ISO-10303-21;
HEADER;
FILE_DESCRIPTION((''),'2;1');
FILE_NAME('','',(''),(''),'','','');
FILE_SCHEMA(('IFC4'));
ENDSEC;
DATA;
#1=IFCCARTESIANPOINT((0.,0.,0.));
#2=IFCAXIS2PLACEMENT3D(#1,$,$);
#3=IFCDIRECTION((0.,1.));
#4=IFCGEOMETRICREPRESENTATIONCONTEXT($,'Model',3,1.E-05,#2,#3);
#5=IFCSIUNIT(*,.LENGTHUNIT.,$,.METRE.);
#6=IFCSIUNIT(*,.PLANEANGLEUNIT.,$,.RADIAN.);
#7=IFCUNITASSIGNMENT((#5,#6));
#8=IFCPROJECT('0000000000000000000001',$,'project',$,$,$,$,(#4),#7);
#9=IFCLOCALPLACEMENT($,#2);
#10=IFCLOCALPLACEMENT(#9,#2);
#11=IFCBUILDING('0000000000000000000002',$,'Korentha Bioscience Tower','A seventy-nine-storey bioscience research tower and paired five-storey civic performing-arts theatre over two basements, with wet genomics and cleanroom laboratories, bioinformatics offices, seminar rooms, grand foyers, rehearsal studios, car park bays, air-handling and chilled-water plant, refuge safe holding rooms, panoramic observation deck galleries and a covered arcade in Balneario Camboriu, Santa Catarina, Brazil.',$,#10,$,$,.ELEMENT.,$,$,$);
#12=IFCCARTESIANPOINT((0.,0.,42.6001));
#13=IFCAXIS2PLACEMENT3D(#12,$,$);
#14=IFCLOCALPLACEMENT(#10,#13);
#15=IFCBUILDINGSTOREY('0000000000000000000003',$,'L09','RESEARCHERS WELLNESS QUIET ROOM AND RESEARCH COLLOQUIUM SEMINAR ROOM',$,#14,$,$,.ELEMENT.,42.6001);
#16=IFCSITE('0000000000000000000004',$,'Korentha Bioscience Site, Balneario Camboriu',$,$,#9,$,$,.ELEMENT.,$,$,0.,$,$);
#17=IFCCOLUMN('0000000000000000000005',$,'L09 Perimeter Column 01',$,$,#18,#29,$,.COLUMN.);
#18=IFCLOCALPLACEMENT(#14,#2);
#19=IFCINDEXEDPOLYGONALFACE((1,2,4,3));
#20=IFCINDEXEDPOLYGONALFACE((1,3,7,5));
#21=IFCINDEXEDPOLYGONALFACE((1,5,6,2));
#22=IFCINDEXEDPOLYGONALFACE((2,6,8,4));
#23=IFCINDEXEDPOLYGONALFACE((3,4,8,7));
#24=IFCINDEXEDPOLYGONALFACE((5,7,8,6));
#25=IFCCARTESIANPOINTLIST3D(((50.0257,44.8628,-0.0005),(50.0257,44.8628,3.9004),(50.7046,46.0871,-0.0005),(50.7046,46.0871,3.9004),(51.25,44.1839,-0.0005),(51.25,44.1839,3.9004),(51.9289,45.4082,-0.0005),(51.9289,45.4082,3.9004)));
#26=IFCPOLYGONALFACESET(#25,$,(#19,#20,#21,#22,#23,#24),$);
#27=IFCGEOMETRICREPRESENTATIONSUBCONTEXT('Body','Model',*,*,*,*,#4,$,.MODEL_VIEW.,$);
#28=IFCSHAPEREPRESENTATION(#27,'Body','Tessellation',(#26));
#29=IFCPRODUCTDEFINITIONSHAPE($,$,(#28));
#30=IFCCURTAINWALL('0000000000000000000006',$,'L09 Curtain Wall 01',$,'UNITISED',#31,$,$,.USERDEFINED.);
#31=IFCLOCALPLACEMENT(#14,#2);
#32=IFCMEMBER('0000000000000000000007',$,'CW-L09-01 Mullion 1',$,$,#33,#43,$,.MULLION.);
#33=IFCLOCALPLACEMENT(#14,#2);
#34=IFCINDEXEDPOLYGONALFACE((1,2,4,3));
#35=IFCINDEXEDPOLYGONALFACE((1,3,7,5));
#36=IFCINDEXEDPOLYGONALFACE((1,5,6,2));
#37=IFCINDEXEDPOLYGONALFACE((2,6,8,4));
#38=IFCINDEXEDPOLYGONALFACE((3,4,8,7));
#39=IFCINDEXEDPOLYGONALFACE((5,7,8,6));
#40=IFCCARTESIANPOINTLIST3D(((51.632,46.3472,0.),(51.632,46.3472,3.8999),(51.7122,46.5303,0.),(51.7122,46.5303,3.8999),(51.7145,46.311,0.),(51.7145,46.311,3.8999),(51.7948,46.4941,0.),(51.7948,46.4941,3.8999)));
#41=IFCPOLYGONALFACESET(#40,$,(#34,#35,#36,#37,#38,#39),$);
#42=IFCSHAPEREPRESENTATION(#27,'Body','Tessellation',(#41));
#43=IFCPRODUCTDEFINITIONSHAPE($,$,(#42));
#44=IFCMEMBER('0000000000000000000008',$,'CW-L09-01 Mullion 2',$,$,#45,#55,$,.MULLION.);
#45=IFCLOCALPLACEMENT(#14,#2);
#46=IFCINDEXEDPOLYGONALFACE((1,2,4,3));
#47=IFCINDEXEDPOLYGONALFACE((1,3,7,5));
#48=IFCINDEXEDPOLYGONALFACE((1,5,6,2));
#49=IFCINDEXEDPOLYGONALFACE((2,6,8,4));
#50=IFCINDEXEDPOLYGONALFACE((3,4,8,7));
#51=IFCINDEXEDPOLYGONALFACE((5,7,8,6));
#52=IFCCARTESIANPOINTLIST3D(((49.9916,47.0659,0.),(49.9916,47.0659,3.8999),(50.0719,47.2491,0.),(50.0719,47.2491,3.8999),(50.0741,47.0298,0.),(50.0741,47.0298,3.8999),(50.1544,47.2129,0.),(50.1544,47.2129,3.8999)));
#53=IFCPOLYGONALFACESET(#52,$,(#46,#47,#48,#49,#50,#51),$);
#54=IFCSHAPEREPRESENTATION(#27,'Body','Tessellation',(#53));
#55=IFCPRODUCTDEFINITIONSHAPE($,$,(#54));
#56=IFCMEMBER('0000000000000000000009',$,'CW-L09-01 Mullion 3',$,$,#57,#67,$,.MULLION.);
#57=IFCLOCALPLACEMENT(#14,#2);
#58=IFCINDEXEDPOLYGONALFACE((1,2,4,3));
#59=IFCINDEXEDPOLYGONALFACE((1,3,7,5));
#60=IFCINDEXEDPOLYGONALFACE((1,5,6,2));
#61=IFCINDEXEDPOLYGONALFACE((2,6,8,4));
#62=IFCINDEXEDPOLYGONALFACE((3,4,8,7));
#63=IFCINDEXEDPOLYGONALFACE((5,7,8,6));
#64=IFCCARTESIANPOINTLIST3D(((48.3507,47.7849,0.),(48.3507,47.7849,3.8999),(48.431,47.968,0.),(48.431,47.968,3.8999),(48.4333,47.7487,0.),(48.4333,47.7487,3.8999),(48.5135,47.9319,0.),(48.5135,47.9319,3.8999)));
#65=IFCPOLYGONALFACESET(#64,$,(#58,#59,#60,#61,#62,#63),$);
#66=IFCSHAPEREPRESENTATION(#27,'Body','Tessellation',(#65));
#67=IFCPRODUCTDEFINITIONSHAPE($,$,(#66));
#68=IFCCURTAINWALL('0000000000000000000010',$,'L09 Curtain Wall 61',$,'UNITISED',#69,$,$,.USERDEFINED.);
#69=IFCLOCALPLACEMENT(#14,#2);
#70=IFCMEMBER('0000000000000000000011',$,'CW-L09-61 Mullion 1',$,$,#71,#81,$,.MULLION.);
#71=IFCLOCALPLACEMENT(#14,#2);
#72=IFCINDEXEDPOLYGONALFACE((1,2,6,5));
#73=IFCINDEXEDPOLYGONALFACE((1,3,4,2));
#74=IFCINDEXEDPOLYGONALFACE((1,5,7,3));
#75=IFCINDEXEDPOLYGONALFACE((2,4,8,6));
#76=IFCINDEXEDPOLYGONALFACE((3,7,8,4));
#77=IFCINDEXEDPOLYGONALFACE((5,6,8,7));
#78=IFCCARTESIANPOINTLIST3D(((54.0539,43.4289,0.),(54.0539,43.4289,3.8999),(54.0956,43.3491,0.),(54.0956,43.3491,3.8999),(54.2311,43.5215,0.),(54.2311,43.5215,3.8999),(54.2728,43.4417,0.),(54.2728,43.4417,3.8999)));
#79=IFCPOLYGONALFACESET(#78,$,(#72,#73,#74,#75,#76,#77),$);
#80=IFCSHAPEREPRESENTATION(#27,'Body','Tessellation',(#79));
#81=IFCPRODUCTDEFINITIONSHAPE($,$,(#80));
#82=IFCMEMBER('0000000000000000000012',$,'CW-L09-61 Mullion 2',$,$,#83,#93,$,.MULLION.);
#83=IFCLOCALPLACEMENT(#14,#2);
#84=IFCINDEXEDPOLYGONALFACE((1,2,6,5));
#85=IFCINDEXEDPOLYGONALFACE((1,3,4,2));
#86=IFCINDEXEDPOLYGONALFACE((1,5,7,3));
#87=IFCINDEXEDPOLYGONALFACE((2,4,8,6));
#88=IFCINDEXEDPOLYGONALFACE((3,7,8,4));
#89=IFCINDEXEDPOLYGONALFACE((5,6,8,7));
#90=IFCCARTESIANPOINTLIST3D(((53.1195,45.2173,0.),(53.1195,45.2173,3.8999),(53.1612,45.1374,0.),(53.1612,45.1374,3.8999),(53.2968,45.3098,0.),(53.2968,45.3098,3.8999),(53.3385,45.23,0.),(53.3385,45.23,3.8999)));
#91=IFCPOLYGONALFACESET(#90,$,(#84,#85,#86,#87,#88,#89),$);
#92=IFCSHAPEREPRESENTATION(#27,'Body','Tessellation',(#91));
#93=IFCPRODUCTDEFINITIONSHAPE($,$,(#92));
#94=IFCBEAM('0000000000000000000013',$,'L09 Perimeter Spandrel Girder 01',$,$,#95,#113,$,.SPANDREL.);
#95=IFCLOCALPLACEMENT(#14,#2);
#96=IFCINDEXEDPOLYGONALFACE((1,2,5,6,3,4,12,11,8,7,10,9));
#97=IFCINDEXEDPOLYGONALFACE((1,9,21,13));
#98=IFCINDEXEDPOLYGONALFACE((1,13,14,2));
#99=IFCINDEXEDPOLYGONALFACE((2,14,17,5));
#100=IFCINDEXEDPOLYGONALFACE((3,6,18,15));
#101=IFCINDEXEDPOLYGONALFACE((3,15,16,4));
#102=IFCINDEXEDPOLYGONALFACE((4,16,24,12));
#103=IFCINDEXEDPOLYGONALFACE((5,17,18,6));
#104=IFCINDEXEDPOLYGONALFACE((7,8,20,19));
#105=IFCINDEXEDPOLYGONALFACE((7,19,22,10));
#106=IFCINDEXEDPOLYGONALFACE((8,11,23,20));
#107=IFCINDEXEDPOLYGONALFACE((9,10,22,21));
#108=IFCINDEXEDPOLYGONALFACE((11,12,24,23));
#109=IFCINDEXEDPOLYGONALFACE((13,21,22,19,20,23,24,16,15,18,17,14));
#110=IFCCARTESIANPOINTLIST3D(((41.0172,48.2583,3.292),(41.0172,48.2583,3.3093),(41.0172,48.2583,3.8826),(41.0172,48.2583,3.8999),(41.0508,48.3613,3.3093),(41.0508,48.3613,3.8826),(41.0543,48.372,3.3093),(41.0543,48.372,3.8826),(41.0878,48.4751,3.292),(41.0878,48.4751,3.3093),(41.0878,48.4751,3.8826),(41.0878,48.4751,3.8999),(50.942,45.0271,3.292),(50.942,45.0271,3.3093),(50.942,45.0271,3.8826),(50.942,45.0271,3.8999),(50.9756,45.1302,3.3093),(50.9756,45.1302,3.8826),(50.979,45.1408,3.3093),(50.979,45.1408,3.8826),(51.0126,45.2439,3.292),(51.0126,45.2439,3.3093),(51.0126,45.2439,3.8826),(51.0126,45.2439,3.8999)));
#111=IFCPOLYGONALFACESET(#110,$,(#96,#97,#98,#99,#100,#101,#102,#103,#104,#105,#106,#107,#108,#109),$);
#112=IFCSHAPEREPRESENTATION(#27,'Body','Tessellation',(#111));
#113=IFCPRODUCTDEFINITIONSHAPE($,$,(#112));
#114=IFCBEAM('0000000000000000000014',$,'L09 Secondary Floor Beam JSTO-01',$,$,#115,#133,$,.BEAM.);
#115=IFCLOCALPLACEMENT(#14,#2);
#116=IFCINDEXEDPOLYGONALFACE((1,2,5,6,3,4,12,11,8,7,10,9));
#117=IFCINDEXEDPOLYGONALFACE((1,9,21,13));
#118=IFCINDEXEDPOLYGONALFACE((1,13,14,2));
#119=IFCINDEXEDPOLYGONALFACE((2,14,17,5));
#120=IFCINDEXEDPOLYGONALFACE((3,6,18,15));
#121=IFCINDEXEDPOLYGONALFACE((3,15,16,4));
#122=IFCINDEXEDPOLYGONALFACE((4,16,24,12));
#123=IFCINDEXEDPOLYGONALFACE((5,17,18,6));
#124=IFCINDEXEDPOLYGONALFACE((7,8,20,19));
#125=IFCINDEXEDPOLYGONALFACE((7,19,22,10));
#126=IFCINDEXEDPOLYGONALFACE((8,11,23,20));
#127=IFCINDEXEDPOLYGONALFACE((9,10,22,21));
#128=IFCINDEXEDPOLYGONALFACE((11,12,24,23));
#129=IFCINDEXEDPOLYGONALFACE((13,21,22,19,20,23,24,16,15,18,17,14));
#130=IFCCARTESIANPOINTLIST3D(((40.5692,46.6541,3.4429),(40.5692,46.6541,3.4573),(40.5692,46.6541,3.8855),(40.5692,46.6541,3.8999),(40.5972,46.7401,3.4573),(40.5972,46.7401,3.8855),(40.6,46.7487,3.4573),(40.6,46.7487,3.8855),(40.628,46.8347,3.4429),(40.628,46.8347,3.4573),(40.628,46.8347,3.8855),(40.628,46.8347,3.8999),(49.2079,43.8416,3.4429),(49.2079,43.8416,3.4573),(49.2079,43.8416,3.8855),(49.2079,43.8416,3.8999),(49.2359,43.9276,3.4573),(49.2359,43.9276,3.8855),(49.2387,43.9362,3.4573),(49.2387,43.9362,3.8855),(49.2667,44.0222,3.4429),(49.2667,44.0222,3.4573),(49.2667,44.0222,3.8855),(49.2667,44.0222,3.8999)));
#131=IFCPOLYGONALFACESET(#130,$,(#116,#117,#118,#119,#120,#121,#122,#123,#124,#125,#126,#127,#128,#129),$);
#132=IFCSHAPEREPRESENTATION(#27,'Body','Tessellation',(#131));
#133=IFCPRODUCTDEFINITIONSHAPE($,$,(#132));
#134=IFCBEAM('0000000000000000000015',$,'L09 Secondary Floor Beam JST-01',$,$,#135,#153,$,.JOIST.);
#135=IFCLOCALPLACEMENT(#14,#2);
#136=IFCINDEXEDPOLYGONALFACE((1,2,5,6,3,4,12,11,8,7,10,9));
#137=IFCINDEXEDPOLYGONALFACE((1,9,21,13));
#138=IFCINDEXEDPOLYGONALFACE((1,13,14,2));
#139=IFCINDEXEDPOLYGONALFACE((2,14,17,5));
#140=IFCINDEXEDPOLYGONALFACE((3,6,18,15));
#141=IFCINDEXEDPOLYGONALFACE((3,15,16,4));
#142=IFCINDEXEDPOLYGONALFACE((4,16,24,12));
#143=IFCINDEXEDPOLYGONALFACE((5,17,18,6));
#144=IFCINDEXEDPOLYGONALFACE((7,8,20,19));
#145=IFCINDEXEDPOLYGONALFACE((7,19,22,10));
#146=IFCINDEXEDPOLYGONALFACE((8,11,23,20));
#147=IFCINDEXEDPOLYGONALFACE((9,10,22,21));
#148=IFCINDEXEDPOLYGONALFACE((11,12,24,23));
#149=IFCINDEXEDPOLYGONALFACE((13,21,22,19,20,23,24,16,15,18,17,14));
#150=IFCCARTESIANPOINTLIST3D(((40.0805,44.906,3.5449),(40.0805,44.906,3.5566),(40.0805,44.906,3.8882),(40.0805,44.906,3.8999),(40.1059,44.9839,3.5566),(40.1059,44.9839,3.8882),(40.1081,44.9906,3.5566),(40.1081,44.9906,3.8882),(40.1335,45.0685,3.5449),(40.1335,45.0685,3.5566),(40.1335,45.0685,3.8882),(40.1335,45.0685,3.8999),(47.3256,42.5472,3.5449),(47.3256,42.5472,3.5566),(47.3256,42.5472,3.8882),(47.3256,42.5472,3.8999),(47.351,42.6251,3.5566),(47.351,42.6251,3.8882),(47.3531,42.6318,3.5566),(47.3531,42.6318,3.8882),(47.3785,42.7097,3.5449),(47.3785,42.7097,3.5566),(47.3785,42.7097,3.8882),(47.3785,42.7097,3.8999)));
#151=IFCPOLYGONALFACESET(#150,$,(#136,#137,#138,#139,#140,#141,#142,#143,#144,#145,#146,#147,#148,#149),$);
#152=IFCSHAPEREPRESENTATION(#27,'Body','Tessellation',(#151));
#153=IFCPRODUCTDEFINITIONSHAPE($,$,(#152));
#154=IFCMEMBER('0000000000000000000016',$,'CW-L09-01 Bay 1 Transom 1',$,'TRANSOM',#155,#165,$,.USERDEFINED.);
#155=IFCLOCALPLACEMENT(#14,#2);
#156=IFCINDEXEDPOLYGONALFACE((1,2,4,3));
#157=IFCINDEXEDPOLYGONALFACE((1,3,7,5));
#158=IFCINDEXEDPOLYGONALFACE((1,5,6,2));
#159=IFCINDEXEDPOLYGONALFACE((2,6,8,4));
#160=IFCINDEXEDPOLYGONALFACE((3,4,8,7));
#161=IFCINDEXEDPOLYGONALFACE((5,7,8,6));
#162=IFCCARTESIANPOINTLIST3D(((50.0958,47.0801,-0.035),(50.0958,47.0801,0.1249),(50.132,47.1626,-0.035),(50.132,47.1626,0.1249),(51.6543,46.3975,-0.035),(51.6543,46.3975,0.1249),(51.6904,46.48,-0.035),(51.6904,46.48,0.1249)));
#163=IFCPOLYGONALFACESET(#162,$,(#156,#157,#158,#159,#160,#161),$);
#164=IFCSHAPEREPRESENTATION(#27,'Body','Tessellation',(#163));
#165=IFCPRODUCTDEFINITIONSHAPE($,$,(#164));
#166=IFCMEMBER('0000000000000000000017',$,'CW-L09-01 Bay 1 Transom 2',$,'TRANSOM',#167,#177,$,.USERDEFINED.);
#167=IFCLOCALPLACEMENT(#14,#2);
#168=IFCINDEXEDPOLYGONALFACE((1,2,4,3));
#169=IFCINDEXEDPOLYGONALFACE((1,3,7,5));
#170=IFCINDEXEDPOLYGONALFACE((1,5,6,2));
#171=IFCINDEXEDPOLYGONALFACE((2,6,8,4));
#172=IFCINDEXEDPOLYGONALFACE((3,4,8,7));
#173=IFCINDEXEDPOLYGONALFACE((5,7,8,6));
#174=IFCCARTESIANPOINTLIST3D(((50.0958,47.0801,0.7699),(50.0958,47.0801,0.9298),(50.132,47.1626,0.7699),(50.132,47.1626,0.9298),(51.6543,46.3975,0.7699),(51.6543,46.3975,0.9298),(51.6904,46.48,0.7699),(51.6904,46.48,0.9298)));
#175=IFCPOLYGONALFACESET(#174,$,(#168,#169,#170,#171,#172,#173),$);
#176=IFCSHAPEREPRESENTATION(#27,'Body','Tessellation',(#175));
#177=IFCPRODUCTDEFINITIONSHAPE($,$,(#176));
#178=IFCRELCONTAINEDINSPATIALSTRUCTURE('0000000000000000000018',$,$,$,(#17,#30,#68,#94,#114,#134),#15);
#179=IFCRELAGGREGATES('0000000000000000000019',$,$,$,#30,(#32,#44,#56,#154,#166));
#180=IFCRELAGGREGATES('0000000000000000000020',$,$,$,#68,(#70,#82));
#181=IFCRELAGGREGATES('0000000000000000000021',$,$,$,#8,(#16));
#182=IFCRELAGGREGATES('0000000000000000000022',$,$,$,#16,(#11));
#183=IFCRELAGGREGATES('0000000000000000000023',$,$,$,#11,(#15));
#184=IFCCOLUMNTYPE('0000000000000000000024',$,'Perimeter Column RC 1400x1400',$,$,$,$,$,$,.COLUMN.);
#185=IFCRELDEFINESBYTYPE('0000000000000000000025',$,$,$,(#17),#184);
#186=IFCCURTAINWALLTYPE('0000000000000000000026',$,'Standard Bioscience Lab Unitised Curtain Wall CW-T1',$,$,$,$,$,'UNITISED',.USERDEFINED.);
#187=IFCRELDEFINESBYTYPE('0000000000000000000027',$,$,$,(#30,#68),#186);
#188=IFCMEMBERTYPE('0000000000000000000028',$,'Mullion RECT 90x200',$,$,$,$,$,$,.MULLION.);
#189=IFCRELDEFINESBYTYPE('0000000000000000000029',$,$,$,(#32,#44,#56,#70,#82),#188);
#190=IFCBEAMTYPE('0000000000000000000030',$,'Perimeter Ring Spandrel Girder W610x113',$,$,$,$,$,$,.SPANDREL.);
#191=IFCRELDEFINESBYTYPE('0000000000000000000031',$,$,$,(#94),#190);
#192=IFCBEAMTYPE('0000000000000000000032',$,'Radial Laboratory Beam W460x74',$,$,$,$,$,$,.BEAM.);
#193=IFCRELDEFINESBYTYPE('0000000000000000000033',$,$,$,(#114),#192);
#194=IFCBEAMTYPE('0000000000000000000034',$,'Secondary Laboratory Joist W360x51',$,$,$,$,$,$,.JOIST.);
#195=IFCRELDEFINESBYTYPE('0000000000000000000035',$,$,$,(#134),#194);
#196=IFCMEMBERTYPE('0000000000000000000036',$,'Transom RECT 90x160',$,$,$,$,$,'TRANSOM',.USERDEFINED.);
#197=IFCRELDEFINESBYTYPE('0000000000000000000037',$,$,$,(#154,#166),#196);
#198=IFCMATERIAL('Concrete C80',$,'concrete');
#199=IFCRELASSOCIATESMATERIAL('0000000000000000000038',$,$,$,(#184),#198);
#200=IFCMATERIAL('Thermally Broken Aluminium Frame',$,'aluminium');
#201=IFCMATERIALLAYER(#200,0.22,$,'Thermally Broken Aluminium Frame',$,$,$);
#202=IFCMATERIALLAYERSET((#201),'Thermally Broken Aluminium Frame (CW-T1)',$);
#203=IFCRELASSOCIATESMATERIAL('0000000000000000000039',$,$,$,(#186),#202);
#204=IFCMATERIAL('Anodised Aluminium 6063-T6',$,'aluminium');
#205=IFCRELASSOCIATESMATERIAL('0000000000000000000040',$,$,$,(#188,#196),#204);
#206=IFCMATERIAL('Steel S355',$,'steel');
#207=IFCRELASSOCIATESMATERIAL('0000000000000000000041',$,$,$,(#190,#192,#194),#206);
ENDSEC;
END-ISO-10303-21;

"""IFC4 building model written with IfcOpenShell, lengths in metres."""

from ifc_helpers import new_model, si_unit, direction, frame, origin, origin_2d, place, context, subcontext, project, spatial, rectangle, i_section, extrude, material, layer, layer_set, material_profile, profile_set, type_object, element, aggregate, save


model = new_model("IFC4")

# Units and contexts
model_context = context("Model", 3, precision=1e-05, world=origin(), true_north=direction((0.0, 1.0)))
body_context = subcontext(model_context, "Body", "Model", "MODEL_VIEW")
ifc_project = project(units=[si_unit("LENGTHUNIT", "METRE"), si_unit("PLANEANGLEUNIT", "RADIAN")], contexts=[model_context])

# Site, building, storey
site_placement = place(None, origin())
site = spatial("IfcSite", under=ifc_project, at=site_placement, Name="Korentha Bioscience Site, Balneario Camboriu", CompositionType="ELEMENT", RefElevation=0.0)
building_placement = place(site_placement, origin())
building = spatial("IfcBuilding", under=site, at=building_placement, Name="Korentha Bioscience Tower", Description="A seventy-nine-storey bioscience research tower and paired five-storey civic performing-arts theatre over two basements, with wet genomics and cleanroom laboratories, bioinformatics offices, seminar rooms, grand foyers, rehearsal studios, car park bays, air-handling and chilled-water plant, refuge safe holding rooms, panoramic observation deck galleries and a covered arcade in Balneario Camboriu, Santa Catarina, Brazil.", CompositionType="ELEMENT")
storey_placement = place(building_placement, frame((0.0, 0.0, 42.6001)))
storey = spatial("IfcBuildingStorey", under=building, at=storey_placement, Name="L09", Description="RESEARCHERS WELLNESS QUIET ROOM AND RESEARCH COLLOQUIUM SEMINAR ROOM", CompositionType="ELEMENT", Elevation=42.6001)

# Column
ifc_material_1 = material(Name="Concrete C80", Category="concrete")
ifc_material_profile_1 = material_profile(ifc_material_1, rectangle(XDim=1.3999, YDim=1.3999, at=origin_2d()), Name="Concrete C80")
ifc_profile_set_1 = profile_set([ifc_material_profile_1], Name="Concrete C80 (COL-P14)")
column_type = type_object("IfcColumnType", Name="Perimeter Column RC 1400x1400", PredefinedType="COLUMN", material=ifc_profile_set_1)
column_placement = place(storey_placement, frame((50.9773, 45.1355, -0.0005), z_axis=(0.0, 0.0, 1.0), x_axis=(-0.874535, 0.484962, 0.0)))
element("IfcColumn", 1, at=column_placement, inside=storey, type_object=column_type, Name="L09 Perimeter Column 01", PredefinedType="COLUMN", context=body_context, shape_type="SweptSolid", body=[
    extrude(rectangle(XDim=1.3999, YDim=1.3999, at=origin_2d()), origin(), (0.0, 0.0, 1.0), 3.9009),
])

# Curtain walls, members
ifc_material_2 = material(Name="Thermally Broken Aluminium Frame", Category="aluminium")
ifc_layer_1 = layer(ifc_material_2, 0.22, Name="Thermally Broken Aluminium Frame")
ifc_layer_set_1 = layer_set([ifc_layer_1], Name="Thermally Broken Aluminium Frame (CW-T1)")
curtain_wall_type = type_object("IfcCurtainWallType", Name="Standard Bioscience Lab Unitised Curtain Wall CW-T1", ElementType="UNITISED", PredefinedType="USERDEFINED", material=ifc_layer_set_1)
curtain_wall_1_placement = place(storey_placement, origin())
curtain_wall_1 = element("IfcCurtainWall", 2, at=curtain_wall_1_placement, inside=storey, type_object=curtain_wall_type, Name="L09 Curtain Wall 01", ObjectType="UNITISED", PredefinedType="USERDEFINED")
ifc_material_3 = material(Name="Anodised Aluminium 6063-T6", Category="aluminium")
ifc_material_profile_2 = material_profile(ifc_material_3, rectangle(XDim=0.0901, YDim=0.2, at=origin_2d()), Name="Anodised Aluminium 6063-T6")
ifc_profile_set_2 = profile_set([ifc_material_profile_2], Name="Anodised Aluminium 6063-T6 (CW-MUL)")
member_type_1 = type_object("IfcMemberType", Name="Mullion RECT 90x200", PredefinedType="MULLION", material=ifc_profile_set_2)
member_1_placement = place(storey_placement, frame((51.7134, 46.4207, 0.0), z_axis=(0.0, 0.0, 1.0), x_axis=(-0.915939, 0.401317, 0.0)))
member_1 = element("IfcMember", 3, at=member_1_placement, type_object=member_type_1, Name="CW-L09-01 Mullion 1", PredefinedType="MULLION", context=body_context, shape_type="SweptSolid", body=[
    extrude(rectangle(XDim=0.0901, YDim=0.2, at=origin_2d()), origin(), (0.0, 0.0, 1.0), 3.8999),
])
member_2_placement = place(storey_placement, frame((50.073, 47.1394, 0.0), z_axis=(0.0, 0.0, 1.0), x_axis=(-0.915939, 0.401317, 0.0)))
member_2 = element("IfcMember", 4, at=member_2_placement, type_object=member_type_1, Name="CW-L09-01 Mullion 2", PredefinedType="MULLION", context=body_context, shape_type="SweptSolid", body=[
    extrude(rectangle(XDim=0.0901, YDim=0.2, at=origin_2d()), origin(), (0.0, 0.0, 1.0), 3.8999),
])
member_3_placement = place(storey_placement, frame((48.4321, 47.8584, 0.0), z_axis=(0.0, 0.0, 1.0), x_axis=(-0.915939, 0.401317, 0.0)))
member_3 = element("IfcMember", 5, at=member_3_placement, type_object=member_type_1, Name="CW-L09-01 Mullion 3", PredefinedType="MULLION", context=body_context, shape_type="SweptSolid", body=[
    extrude(rectangle(XDim=0.0901, YDim=0.2, at=origin_2d()), origin(), (0.0, 0.0, 1.0), 3.8999),
])
curtain_wall_2_placement = place(storey_placement, origin())
curtain_wall_2 = element("IfcCurtainWall", 6, at=curtain_wall_2_placement, inside=storey, type_object=curtain_wall_type, Name="L09 Curtain Wall 61", ObjectType="UNITISED", PredefinedType="USERDEFINED")
member_4_placement = place(storey_placement, frame((54.1633, 43.4353, 0.0), z_axis=(0.0, 0.0, 1.0), x_axis=(-0.463009, 0.886354, 0.0)))
member_4 = element("IfcMember", 7, at=member_4_placement, type_object=member_type_1, Name="CW-L09-61 Mullion 1", PredefinedType="MULLION", context=body_context, shape_type="SweptSolid", body=[
    extrude(rectangle(XDim=0.0901, YDim=0.2, at=origin_2d()), origin(), (0.0, 0.0, 1.0), 3.8999),
])
member_5_placement = place(storey_placement, frame((53.229, 45.2236, 0.0), z_axis=(0.0, 0.0, 1.0), x_axis=(-0.463009, 0.886354, 0.0)))
member_5 = element("IfcMember", 8, at=member_5_placement, type_object=member_type_1, Name="CW-L09-61 Mullion 2", PredefinedType="MULLION", context=body_context, shape_type="SweptSolid", body=[
    extrude(rectangle(XDim=0.0901, YDim=0.2, at=origin_2d()), origin(), (0.0, 0.0, 1.0), 3.8999),
])

# Beams
ifc_material_4 = material(Name="Steel S355", Category="steel")
ifc_material_profile_3 = material_profile(ifc_material_4, i_section(OverallWidth=0.228, OverallDepth=0.6079, WebThickness=0.0112, FlangeThickness=0.0173, at=origin_2d()), Name="Steel S355")
ifc_profile_set_3 = profile_set([ifc_material_profile_3], Name="Steel S355 (SB-610)")
beam_type_1 = type_object("IfcBeamType", Name="Perimeter Ring Spandrel Girder W610x113", PredefinedType="SPANDREL", material=ifc_profile_set_3)
beam_1_placement = place(storey_placement, frame((50.9773, 45.1355, 3.5959), z_axis=(-0.950875, 0.309575, 0.0), x_axis=(-0.309575, -0.950875, 0.0)))
element("IfcBeam", 9, at=beam_1_placement, inside=storey, type_object=beam_type_1, Name="L09 Perimeter Spandrel Girder 01", PredefinedType="SPANDREL", context=body_context, shape_type="SweptSolid", body=[
    extrude(i_section(OverallWidth=0.228, OverallDepth=0.6079, WebThickness=0.0112, FlangeThickness=0.0173, at=origin_2d()), origin(), (0.0, 0.0, 1.0), 10.4375),
])
ifc_material_profile_4 = material_profile(ifc_material_4, i_section(OverallWidth=0.1899, OverallDepth=0.457, WebThickness=0.009, FlangeThickness=0.0144, at=origin_2d()), Name="Steel S355")
ifc_profile_set_4 = profile_set([ifc_material_profile_4], Name="Steel S355 (RB-460)")
beam_type_2 = type_object("IfcBeamType", Name="Radial Laboratory Beam W460x74", PredefinedType="BEAM", material=ifc_profile_set_4)
beam_2_placement = place(storey_placement, frame((49.2373, 43.9319, 3.6714), z_axis=(-0.950874, 0.309577, 0.0), x_axis=(-0.309577, -0.950874, 0.0)))
element("IfcBeam", 10, at=beam_2_placement, inside=storey, type_object=beam_type_2, Name="L09 Secondary Floor Beam JSTO-01", PredefinedType="BEAM", context=body_context, shape_type="SweptSolid", body=[
    extrude(i_section(OverallWidth=0.1899, OverallDepth=0.457, WebThickness=0.009, FlangeThickness=0.0144, at=origin_2d()), origin(), (0.0, 0.0, 1.0), 9.085),
])
ifc_material_profile_5 = material_profile(ifc_material_4, i_section(OverallWidth=0.1709, OverallDepth=0.355, WebThickness=0.0071, FlangeThickness=0.0117, at=origin_2d()), Name="Steel S355")
ifc_profile_set_5 = profile_set([ifc_material_profile_5], Name="Steel S355 (JB-360)")
beam_type_3 = type_object("IfcBeamType", Name="Secondary Laboratory Joist W360x51", PredefinedType="JOIST", material=ifc_profile_set_5)
beam_3_placement = place(storey_placement, frame((47.3521, 42.6284, 3.7224), z_axis=(-0.950871, 0.309587, 0.0), x_axis=(-0.309587, -0.950871, 0.0)))
element("IfcBeam", 11, at=beam_3_placement, inside=storey, type_object=beam_type_3, Name="L09 Secondary Floor Beam JST-01", PredefinedType="JOIST", context=body_context, shape_type="SweptSolid", body=[
    extrude(i_section(OverallWidth=0.1709, OverallDepth=0.355, WebThickness=0.0071, FlangeThickness=0.0117, at=origin_2d()), origin(), (0.0, 0.0, 1.0), 7.6194),
])

# Members
ifc_material_profile_6 = material_profile(ifc_material_3, rectangle(XDim=0.0901, YDim=0.1599, at=origin_2d()), Name="Anodised Aluminium 6063-T6")
ifc_profile_set_6 = profile_set([ifc_material_profile_6], Name="Anodised Aluminium 6063-T6 (CW-TRN)")
member_type_2 = type_object("IfcMemberType", Name="Transom RECT 90x160", ElementType="TRANSOM", PredefinedType="USERDEFINED", material=ifc_profile_set_6)
member_6_placement = place(storey_placement, frame((51.6724, 46.4387, 0.0449), z_axis=(-0.915976, 0.401233, 0.0), x_axis=(-0.401233, -0.915976, 0.0)))
member_6 = element("IfcMember", 12, at=member_6_placement, type_object=member_type_2, Name="CW-L09-01 Bay 1 Transom 1", ObjectType="TRANSOM", PredefinedType="USERDEFINED", context=body_context, shape_type="SweptSolid", body=[
    extrude(rectangle(XDim=0.0901, YDim=0.1599, at=origin_2d()), origin(), (0.0, 0.0, 1.0), 1.7014),
])
member_7_placement = place(storey_placement, frame((51.6724, 46.4387, 0.8499), z_axis=(-0.915976, 0.401233, 0.0), x_axis=(-0.401233, -0.915976, 0.0)))
member_7 = element("IfcMember", 13, at=member_7_placement, type_object=member_type_2, Name="CW-L09-01 Bay 1 Transom 2", ObjectType="TRANSOM", PredefinedType="USERDEFINED", context=body_context, shape_type="SweptSolid", body=[
    extrude(rectangle(XDim=0.0901, YDim=0.1599, at=origin_2d()), origin(), (0.0, 0.0, 1.0), 1.7014),
])

aggregate(curtain_wall_1, [member_1, member_2, member_3, member_6, member_7])
aggregate(curtain_wall_2, [member_4, member_5])

save(model, "model.ifc")
